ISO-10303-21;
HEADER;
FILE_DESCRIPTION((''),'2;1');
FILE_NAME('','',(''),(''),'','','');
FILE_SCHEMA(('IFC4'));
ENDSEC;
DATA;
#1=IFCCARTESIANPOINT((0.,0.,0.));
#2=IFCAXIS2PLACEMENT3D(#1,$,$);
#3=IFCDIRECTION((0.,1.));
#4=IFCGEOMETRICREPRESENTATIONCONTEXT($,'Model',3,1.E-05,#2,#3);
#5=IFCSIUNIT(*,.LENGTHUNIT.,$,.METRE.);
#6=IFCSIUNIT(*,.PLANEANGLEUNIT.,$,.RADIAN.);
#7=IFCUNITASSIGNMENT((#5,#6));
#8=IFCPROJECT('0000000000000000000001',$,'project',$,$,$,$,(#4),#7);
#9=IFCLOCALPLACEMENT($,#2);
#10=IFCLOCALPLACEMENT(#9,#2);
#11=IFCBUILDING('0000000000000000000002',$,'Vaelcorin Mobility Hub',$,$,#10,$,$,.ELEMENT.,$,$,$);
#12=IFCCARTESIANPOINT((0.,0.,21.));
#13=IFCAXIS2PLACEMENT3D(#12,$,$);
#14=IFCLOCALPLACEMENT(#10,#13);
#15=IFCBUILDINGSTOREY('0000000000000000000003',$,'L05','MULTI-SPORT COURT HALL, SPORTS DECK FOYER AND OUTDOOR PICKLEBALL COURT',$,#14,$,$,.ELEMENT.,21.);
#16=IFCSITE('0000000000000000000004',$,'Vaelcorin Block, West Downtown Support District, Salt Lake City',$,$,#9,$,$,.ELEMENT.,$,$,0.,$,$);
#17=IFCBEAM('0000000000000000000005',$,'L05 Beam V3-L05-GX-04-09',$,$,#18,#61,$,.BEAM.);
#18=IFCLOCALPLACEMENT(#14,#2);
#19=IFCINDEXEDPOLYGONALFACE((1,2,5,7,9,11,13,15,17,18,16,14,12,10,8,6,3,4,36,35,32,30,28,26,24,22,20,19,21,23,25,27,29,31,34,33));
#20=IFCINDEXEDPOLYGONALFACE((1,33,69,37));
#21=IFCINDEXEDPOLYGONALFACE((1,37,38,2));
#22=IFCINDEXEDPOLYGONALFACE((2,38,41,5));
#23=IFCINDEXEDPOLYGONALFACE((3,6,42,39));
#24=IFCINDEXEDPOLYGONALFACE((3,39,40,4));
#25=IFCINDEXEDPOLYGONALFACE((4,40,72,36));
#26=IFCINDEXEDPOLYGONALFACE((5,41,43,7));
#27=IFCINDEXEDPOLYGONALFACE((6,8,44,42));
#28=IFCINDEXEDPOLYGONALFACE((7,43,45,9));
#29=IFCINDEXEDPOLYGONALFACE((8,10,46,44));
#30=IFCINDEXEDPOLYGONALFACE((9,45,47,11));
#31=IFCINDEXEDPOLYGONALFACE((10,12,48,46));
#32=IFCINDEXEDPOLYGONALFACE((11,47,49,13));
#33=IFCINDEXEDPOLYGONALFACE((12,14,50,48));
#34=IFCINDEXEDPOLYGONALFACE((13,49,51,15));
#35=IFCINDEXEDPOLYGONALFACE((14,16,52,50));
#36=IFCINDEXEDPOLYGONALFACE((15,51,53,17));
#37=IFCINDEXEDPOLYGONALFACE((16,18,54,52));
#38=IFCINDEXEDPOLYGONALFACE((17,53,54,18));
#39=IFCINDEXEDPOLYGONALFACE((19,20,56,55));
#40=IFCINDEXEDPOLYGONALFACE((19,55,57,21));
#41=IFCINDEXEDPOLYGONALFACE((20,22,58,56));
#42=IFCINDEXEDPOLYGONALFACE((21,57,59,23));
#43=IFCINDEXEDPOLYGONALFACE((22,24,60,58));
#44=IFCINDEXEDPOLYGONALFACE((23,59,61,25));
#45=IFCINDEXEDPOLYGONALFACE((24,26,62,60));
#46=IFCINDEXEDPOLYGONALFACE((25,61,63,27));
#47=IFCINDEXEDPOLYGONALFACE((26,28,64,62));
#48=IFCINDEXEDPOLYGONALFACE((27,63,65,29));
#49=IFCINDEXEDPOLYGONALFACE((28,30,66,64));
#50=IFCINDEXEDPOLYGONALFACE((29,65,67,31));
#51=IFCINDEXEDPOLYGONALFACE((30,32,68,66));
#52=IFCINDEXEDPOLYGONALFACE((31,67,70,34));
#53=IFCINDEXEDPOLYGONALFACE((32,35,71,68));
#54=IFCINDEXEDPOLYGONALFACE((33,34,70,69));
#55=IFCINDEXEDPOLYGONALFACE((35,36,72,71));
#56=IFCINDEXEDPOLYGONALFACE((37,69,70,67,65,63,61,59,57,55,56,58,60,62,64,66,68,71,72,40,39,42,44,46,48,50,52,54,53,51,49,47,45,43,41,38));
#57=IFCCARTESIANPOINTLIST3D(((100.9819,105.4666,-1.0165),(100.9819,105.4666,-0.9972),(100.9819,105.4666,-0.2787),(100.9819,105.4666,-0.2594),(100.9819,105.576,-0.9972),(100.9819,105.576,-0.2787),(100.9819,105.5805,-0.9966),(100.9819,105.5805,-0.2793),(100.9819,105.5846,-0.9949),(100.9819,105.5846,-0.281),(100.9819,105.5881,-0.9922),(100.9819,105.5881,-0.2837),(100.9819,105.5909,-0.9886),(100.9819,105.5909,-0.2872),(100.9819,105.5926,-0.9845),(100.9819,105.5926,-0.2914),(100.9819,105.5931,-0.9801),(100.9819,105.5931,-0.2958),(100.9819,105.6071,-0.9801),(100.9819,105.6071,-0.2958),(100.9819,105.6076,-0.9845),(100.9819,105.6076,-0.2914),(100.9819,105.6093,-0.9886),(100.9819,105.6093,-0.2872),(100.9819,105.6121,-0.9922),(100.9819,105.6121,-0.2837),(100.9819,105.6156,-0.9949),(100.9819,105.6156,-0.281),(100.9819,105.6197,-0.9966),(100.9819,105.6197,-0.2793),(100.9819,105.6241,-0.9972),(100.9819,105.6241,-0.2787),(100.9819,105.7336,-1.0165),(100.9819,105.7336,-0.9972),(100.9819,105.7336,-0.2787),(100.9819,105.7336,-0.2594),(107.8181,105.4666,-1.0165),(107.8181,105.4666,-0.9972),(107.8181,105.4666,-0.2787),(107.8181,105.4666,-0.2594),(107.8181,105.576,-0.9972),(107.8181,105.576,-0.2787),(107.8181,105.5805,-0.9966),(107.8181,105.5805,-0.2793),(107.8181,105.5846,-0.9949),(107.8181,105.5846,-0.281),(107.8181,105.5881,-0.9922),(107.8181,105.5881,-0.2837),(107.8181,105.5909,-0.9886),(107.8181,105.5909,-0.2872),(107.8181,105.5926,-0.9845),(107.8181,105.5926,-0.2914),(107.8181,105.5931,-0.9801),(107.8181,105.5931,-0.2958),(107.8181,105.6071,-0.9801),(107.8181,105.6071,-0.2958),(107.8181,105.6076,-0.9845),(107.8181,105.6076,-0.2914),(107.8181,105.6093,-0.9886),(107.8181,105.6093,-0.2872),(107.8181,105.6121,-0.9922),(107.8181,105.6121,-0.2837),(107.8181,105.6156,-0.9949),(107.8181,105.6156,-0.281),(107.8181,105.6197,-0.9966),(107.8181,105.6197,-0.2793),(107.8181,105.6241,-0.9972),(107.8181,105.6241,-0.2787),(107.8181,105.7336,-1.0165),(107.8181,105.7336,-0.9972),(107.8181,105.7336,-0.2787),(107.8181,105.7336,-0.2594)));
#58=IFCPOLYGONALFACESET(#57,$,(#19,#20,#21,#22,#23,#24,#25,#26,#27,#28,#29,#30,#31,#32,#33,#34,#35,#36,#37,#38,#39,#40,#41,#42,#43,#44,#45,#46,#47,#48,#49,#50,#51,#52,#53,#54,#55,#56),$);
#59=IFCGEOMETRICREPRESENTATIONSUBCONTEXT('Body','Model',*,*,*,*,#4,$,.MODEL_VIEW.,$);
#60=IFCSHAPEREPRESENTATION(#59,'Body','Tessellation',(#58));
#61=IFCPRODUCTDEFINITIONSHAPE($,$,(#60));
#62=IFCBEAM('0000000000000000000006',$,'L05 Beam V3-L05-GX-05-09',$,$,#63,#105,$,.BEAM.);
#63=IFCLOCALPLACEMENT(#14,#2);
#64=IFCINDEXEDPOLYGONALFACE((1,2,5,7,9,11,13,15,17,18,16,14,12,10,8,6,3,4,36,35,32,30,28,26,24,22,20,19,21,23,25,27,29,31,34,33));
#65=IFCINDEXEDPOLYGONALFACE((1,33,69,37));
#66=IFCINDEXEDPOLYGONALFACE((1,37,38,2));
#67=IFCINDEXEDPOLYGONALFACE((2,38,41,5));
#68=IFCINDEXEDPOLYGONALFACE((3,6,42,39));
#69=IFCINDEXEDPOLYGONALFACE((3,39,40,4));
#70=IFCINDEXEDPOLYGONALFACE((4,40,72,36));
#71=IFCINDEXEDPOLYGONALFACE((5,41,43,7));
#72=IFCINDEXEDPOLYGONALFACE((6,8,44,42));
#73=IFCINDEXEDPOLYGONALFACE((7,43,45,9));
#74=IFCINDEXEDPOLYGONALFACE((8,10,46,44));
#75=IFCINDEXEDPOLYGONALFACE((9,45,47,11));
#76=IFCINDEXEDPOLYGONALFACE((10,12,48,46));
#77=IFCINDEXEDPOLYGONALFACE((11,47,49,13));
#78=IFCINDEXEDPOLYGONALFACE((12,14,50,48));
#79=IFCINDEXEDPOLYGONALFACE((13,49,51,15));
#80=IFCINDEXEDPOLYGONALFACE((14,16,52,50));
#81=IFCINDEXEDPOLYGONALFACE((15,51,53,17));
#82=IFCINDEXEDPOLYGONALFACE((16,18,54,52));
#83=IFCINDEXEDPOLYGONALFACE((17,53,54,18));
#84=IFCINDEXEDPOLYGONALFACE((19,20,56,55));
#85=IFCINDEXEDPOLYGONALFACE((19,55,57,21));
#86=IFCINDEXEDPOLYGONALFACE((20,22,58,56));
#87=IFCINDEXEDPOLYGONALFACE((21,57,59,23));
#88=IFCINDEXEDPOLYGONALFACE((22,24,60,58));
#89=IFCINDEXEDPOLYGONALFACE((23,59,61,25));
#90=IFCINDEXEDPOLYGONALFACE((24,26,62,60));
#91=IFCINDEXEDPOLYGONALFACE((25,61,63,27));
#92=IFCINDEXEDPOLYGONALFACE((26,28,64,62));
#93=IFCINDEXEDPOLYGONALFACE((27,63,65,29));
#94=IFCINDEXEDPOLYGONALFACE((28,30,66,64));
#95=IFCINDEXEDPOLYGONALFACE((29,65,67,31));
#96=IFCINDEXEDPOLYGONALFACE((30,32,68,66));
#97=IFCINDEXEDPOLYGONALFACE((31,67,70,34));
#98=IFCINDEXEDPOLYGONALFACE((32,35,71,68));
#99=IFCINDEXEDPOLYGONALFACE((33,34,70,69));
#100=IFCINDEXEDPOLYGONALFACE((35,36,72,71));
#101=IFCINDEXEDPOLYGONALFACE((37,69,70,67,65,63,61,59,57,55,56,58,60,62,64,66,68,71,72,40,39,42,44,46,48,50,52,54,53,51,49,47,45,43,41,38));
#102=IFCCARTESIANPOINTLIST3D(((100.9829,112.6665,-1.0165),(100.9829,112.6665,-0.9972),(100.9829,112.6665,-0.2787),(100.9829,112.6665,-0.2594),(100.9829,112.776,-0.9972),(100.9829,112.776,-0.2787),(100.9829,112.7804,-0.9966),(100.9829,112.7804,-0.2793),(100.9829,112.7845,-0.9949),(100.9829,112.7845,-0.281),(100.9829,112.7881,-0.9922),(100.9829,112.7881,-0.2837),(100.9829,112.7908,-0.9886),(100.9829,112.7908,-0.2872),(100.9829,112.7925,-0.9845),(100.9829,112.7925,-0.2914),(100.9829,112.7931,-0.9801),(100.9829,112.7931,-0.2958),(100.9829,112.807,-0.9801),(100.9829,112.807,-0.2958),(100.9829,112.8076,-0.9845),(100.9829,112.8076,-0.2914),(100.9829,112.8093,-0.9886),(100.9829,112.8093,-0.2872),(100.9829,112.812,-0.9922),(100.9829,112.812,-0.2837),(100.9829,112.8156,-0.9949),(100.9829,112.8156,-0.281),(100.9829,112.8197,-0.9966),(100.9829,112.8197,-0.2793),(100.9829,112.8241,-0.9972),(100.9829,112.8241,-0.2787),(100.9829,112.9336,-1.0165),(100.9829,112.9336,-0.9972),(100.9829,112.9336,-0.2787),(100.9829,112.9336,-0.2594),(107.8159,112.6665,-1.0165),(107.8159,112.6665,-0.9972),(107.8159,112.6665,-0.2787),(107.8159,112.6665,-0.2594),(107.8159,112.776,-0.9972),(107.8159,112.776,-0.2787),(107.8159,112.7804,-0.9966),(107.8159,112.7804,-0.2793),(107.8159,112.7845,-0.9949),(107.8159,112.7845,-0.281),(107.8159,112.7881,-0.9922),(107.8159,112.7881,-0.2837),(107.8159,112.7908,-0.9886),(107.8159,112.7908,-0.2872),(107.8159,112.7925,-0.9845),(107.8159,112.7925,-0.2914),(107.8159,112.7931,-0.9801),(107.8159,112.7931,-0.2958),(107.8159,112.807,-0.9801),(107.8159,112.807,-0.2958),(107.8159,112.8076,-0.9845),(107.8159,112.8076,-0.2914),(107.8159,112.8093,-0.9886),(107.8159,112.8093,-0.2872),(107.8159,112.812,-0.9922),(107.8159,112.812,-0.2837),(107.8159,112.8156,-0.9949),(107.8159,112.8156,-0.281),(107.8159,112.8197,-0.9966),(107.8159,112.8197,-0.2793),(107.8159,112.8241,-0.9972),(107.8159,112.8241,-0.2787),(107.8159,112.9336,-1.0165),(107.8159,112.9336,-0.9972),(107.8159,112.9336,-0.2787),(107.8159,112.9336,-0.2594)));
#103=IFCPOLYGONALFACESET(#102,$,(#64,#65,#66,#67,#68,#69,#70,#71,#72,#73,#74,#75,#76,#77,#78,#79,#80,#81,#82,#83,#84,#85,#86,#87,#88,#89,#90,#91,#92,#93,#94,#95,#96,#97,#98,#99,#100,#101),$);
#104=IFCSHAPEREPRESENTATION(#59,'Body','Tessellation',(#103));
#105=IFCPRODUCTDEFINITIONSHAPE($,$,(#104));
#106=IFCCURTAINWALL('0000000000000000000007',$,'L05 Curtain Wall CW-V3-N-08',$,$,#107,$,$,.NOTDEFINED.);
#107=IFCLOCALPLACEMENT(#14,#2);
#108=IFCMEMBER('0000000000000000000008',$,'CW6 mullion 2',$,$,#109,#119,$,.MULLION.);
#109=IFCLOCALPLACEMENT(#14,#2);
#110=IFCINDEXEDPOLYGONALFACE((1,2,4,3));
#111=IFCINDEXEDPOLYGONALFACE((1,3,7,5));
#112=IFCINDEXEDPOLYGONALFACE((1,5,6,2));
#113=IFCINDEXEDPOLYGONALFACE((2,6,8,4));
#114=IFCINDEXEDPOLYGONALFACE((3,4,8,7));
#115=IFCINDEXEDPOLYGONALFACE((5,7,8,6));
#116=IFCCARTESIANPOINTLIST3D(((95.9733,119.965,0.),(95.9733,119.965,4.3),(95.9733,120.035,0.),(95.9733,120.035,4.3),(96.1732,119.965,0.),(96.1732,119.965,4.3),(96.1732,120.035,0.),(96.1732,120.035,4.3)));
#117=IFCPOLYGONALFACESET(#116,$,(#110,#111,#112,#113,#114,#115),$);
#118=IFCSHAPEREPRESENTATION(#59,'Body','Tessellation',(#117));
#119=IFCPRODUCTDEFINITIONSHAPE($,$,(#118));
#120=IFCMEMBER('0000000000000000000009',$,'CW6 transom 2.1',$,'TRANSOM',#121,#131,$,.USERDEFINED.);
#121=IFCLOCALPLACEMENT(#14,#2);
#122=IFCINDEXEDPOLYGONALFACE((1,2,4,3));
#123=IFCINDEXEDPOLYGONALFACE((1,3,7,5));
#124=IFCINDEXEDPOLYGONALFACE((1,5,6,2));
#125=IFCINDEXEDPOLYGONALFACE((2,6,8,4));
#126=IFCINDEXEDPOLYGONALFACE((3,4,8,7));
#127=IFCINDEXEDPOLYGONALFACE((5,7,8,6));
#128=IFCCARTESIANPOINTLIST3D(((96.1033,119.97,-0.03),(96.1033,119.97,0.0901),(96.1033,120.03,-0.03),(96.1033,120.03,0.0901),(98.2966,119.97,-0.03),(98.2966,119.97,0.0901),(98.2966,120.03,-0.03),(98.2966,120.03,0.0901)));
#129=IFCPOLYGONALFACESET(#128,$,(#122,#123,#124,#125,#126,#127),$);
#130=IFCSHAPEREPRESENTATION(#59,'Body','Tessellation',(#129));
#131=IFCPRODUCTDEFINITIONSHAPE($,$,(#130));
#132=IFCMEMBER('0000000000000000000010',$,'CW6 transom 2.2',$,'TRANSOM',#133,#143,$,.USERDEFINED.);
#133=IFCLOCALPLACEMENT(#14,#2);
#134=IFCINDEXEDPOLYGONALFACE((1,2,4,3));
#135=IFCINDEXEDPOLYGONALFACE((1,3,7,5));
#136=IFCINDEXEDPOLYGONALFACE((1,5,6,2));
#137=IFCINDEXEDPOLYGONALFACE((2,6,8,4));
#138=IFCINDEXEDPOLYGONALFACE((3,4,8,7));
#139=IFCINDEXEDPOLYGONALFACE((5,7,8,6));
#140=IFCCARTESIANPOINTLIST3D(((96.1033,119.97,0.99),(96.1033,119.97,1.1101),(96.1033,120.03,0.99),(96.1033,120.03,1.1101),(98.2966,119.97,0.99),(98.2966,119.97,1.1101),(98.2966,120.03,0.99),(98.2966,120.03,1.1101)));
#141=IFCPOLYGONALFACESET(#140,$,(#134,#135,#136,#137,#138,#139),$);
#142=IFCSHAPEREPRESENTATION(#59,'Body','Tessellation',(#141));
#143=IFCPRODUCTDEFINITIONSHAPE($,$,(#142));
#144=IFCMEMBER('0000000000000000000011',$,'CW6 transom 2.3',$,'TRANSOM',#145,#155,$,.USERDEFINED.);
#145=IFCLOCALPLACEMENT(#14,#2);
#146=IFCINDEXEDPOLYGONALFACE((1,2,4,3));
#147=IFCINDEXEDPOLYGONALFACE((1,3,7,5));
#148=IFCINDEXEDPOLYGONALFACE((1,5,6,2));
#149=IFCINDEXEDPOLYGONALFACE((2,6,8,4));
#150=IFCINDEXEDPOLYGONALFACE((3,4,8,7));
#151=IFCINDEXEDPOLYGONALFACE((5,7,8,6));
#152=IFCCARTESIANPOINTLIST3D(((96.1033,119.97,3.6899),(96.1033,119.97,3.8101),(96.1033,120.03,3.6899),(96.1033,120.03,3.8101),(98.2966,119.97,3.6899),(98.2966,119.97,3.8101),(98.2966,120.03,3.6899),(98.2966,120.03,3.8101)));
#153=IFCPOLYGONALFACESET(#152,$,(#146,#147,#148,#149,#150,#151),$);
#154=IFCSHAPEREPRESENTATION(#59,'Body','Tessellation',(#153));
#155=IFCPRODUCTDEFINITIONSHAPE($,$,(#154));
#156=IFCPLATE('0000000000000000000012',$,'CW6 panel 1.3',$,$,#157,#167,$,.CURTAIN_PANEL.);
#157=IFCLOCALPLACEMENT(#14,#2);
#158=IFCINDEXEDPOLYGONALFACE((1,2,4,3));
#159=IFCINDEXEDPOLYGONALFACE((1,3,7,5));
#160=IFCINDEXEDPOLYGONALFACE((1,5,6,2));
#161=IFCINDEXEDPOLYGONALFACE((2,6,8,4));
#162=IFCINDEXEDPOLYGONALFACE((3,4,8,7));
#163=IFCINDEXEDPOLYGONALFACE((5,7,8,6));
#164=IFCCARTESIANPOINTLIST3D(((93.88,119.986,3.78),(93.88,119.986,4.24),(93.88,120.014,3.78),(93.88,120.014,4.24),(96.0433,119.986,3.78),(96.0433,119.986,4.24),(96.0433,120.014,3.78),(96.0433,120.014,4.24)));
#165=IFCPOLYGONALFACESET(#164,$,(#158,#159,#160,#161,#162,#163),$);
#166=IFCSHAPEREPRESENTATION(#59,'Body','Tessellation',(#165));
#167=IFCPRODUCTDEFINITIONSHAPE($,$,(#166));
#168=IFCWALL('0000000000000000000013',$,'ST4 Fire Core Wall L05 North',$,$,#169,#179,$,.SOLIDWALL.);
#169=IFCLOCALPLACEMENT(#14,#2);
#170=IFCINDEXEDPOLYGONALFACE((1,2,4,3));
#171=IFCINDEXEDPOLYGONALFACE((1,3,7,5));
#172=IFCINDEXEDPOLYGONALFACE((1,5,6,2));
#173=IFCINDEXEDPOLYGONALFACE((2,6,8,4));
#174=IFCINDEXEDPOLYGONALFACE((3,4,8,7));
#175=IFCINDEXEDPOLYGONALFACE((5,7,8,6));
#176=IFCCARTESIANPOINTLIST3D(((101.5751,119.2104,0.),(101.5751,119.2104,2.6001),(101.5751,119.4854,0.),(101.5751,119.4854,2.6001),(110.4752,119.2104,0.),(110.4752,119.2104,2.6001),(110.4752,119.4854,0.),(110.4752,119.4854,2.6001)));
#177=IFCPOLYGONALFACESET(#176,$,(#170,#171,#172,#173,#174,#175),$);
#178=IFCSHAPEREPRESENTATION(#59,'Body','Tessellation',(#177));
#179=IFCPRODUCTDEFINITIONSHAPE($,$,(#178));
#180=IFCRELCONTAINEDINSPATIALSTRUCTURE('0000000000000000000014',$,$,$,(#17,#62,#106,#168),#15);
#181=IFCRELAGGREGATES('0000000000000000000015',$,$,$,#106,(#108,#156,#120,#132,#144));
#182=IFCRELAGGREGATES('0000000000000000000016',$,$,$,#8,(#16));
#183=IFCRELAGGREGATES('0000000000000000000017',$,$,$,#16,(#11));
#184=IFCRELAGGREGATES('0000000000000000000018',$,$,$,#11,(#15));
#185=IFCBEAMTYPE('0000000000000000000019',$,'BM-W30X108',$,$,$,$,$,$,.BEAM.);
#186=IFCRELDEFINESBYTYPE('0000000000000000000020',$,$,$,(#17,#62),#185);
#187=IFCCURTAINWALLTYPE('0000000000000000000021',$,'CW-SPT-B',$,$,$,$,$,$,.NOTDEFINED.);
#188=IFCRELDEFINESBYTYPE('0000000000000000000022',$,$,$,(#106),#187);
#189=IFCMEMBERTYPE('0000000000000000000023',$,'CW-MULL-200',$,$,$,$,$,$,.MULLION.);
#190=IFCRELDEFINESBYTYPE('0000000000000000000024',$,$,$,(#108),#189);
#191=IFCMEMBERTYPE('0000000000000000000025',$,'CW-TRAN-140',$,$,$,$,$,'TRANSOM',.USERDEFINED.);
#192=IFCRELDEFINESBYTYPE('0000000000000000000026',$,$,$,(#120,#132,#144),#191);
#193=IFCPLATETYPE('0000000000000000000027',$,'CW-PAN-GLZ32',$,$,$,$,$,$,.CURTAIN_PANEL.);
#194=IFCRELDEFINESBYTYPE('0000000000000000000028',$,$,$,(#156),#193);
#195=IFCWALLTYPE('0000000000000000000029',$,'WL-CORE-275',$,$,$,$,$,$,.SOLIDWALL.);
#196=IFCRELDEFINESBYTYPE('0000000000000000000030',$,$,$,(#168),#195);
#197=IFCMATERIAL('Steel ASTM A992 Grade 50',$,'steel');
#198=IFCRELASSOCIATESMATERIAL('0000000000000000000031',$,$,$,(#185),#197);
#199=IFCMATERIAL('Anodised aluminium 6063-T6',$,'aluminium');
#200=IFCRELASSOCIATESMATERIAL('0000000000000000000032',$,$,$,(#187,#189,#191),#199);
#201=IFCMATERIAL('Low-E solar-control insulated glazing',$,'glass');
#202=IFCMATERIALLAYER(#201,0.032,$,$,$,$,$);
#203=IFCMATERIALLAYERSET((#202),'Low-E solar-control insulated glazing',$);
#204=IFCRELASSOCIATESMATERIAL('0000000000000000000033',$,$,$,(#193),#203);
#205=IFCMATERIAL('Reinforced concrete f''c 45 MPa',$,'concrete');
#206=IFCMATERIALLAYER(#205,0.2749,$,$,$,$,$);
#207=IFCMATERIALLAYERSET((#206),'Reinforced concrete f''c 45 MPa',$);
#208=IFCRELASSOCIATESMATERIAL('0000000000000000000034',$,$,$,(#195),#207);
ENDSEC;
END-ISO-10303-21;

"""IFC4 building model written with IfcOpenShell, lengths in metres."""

from ifc_helpers import new_model, si_unit, direction, frame, frame_2d, origin, origin_2d, place, context, subcontext, project, spatial, rectangle, i_section, extrude, material, layer, layer_set, material_profile, profile_set, type_object, element, aggregate, save


model = new_model("IFC4")

# Units and contexts
model_context = context("Model", 3, precision=1e-05, world=origin(), true_north=direction((0.0, 1.0)))
body_context = subcontext(model_context, "Body", "Model", "MODEL_VIEW")
ifc_project = project(units=[si_unit("LENGTHUNIT", "METRE"), si_unit("PLANEANGLEUNIT", "RADIAN")], contexts=[model_context])

# Site, building, storey
site_placement = place(None, origin())
site = spatial("IfcSite", under=ifc_project, at=site_placement, Name="Vaelcorin Block, West Downtown Support District, Salt Lake City", CompositionType="ELEMENT", RefElevation=0.0)
building_placement = place(site_placement, origin())
building = spatial("IfcBuilding", under=site, at=building_placement, Name="Vaelcorin Mobility Hub", CompositionType="ELEMENT")
storey_placement = place(building_placement, frame((0.0, 0.0, 21.0)))
storey = spatial("IfcBuildingStorey", under=building, at=storey_placement, Name="L05", Description="MULTI-SPORT COURT HALL, SPORTS DECK FOYER AND OUTDOOR PICKLEBALL COURT", CompositionType="ELEMENT", Elevation=21.0)

# Shared definitions
ifc_material_1 = material(Name="Steel ASTM A992 Grade 50", Category="steel")

# Beams
ifc_material_profile_1 = material_profile(ifc_material_1, i_section(OverallWidth=0.2671, OverallDepth=0.7571, WebThickness=0.0139, FlangeThickness=0.0193, FilletRadius=0.0171, at=origin_2d()), Name="W30X108")
ifc_profile_set_1 = profile_set([ifc_material_profile_1], Name="Steel ASTM A992 Grade 50")
beam_type_1 = type_object("IfcBeamType", Name="BM-W30X108", PredefinedType="BEAM", material=ifc_profile_set_1)
for number, where, z_axis, x_axis, name in (
    (1, (100.9819, 105.6001, -0.6379), (1.0, 0.0, 0.0), (0.0, 1.0, 0.0), "L05 Beam V3-L05-GX-04-09"),
):
    element("IfcBeam", number, at=place(storey_placement, frame(where, z_axis=z_axis, x_axis=x_axis)), inside=storey, type_object=beam_type_1, Name=name, PredefinedType="BEAM", context=body_context, shape_type="SweptSolid", body=[
        extrude(i_section(OverallWidth=0.2671, OverallDepth=0.7571, WebThickness=0.0139, FlangeThickness=0.0193, FilletRadius=0.0171, at=origin_2d()), origin(), (0.0, 0.0, 1.0), 6.8362),
    ])
beam_1_placement = place(storey_placement, frame((100.9829, 112.8, -0.6379), z_axis=(1.0, 0.0, 0.0), x_axis=(0.0, 1.0, 0.0)))
element("IfcBeam", 2, at=beam_1_placement, inside=storey, type_object=beam_type_1, Name="L05 Beam V3-L05-GX-05-09", PredefinedType="BEAM", context=body_context, shape_type="SweptSolid", body=[
    extrude(i_section(OverallWidth=0.2671, OverallDepth=0.7571, WebThickness=0.0139, FlangeThickness=0.0193, FilletRadius=0.0171, at=origin_2d()), origin(), (0.0, 0.0, 1.0), 6.833),
])

# Curtain wall, members, plate
ifc_material_2 = material(Name="Anodised aluminium 6063-T6", Category="aluminium")
curtain_wall_type = type_object("IfcCurtainWallType", Name="CW-SPT-B", PredefinedType="NOTDEFINED", material=ifc_material_2)
curtain_wall_placement = place(storey_placement, origin())
curtain_wall = element("IfcCurtainWall", 3, at=curtain_wall_placement, inside=storey, type_object=curtain_wall_type, Name="L05 Curtain Wall CW-V3-N-08", PredefinedType="NOTDEFINED")
ifc_material_profile_2 = material_profile(ifc_material_2, rectangle(XDim=0.0701, YDim=0.2, at=origin_2d()), Name="ALU-M70X200")
ifc_profile_set_2 = profile_set([ifc_material_profile_2], Name="Anodised aluminium 6063-T6")
member_type_1 = type_object("IfcMemberType", Name="CW-MULL-200", PredefinedType="MULLION", material=ifc_profile_set_2)
member_1_placement = place(storey_placement, frame((96.0732, 120.0, 0.0), z_axis=(0.0, 0.0, 1.0), x_axis=(0.0, 1.0, 0.0)))
member_1 = element("IfcMember", 4, at=member_1_placement, type_object=member_type_1, Name="CW6 mullion 2", PredefinedType="MULLION", context=body_context, shape_type="SweptSolid", body=[
    extrude(rectangle(XDim=0.0701, YDim=0.2, at=origin_2d()), origin(), (0.0, 0.0, 1.0), 4.3),
])
ifc_material_profile_3 = material_profile(ifc_material_2, rectangle(XDim=0.0601, YDim=0.1201, at=origin_2d()), Name="ALU-T60X120")
ifc_profile_set_3 = profile_set([ifc_material_profile_3], Name="Anodised aluminium 6063-T6")
member_type_2 = type_object("IfcMemberType", Name="CW-TRAN-140", ElementType="TRANSOM", PredefinedType="USERDEFINED", material=ifc_profile_set_3)
member_2_placement = place(storey_placement, frame((96.1033, 120.0, 0.03), z_axis=(1.0, 0.0, 0.0), x_axis=(0.0, 1.0, 0.0)))
member_2 = element("IfcMember", 5, at=member_2_placement, type_object=member_type_2, Name="CW6 transom 2.1", ObjectType="TRANSOM", PredefinedType="USERDEFINED", context=body_context, shape_type="SweptSolid", body=[
    extrude(rectangle(XDim=0.0601, YDim=0.1201, at=origin_2d()), origin(), (0.0, 0.0, 1.0), 2.1934),
])
member_3_placement = place(storey_placement, frame((96.1033, 120.0, 1.05), z_axis=(1.0, 0.0, 0.0), x_axis=(0.0, 1.0, 0.0)))
member_3 = element("IfcMember", 6, at=member_3_placement, type_object=member_type_2, Name="CW6 transom 2.2", ObjectType="TRANSOM", PredefinedType="USERDEFINED", context=body_context, shape_type="SweptSolid", body=[
    extrude(rectangle(XDim=0.0601, YDim=0.1201, at=origin_2d()), origin(), (0.0, 0.0, 1.0), 2.1934),
])
member_4_placement = place(storey_placement, frame((96.1033, 120.0, 3.75), z_axis=(1.0, 0.0, 0.0), x_axis=(0.0, 1.0, 0.0)))
member_4 = element("IfcMember", 7, at=member_4_placement, type_object=member_type_2, Name="CW6 transom 2.3", ObjectType="TRANSOM", PredefinedType="USERDEFINED", context=body_context, shape_type="SweptSolid", body=[
    extrude(rectangle(XDim=0.0601, YDim=0.1201, at=origin_2d()), origin(), (0.0, 0.0, 1.0), 2.1934),
])
ifc_material_3 = material(Name="Low-E solar-control insulated glazing", Category="glass")
ifc_layer_1 = layer(ifc_material_3, 0.032)
ifc_layer_set_1 = layer_set([ifc_layer_1], Name="Low-E solar-control insulated glazing")
plate_type = type_object("IfcPlateType", Name="CW-PAN-GLZ32", PredefinedType="CURTAIN_PANEL", material=ifc_layer_set_1)
plate_placement = place(storey_placement, frame((94.9617, 120.0, 3.78), z_axis=(0.0, 0.0, 1.0), x_axis=(1.0, 0.0, 0.0)))
plate = element("IfcPlate", 8, at=plate_placement, type_object=plate_type, Name="CW6 panel 1.3", PredefinedType="CURTAIN_PANEL", context=body_context, shape_type="SweptSolid", body=[
    extrude(rectangle(XDim=2.1633, YDim=0.0281, at=origin_2d()), origin(), (0.0, 0.0, 1.0), 0.46),
])
aggregate(curtain_wall, [member_1, plate, member_2, member_3, member_4])

# Wall
ifc_material_4 = material(Name="Reinforced concrete f'c 45 MPa", Category="concrete")
ifc_layer_2 = layer(ifc_material_4, 0.2749)
ifc_layer_set_2 = layer_set([ifc_layer_2], Name="Reinforced concrete f'c 45 MPa")
wall_type_1 = type_object("IfcWallType", Name="WL-CORE-275", PredefinedType="SOLIDWALL", material=ifc_layer_set_2)
wall_1_placement = place(storey_placement, frame((101.575, 119.3479, 0.0), z_axis=(0.0, 0.0, 1.0), x_axis=(1.0, 0.0, 0.0)))
element("IfcWall", 9, at=wall_1_placement, inside=storey, type_object=wall_type_1, Name="ST4 Fire Core Wall L05 North", PredefinedType="SOLIDWALL", context=body_context, shape_type="SweptSolid", body=[
    extrude(rectangle(XDim=8.9001, YDim=0.2749, at=frame_2d((4.4502, 0.0))), origin(), (0.0, 0.0, 1.0), 2.6001),
])

save(model, "model.ifc")
